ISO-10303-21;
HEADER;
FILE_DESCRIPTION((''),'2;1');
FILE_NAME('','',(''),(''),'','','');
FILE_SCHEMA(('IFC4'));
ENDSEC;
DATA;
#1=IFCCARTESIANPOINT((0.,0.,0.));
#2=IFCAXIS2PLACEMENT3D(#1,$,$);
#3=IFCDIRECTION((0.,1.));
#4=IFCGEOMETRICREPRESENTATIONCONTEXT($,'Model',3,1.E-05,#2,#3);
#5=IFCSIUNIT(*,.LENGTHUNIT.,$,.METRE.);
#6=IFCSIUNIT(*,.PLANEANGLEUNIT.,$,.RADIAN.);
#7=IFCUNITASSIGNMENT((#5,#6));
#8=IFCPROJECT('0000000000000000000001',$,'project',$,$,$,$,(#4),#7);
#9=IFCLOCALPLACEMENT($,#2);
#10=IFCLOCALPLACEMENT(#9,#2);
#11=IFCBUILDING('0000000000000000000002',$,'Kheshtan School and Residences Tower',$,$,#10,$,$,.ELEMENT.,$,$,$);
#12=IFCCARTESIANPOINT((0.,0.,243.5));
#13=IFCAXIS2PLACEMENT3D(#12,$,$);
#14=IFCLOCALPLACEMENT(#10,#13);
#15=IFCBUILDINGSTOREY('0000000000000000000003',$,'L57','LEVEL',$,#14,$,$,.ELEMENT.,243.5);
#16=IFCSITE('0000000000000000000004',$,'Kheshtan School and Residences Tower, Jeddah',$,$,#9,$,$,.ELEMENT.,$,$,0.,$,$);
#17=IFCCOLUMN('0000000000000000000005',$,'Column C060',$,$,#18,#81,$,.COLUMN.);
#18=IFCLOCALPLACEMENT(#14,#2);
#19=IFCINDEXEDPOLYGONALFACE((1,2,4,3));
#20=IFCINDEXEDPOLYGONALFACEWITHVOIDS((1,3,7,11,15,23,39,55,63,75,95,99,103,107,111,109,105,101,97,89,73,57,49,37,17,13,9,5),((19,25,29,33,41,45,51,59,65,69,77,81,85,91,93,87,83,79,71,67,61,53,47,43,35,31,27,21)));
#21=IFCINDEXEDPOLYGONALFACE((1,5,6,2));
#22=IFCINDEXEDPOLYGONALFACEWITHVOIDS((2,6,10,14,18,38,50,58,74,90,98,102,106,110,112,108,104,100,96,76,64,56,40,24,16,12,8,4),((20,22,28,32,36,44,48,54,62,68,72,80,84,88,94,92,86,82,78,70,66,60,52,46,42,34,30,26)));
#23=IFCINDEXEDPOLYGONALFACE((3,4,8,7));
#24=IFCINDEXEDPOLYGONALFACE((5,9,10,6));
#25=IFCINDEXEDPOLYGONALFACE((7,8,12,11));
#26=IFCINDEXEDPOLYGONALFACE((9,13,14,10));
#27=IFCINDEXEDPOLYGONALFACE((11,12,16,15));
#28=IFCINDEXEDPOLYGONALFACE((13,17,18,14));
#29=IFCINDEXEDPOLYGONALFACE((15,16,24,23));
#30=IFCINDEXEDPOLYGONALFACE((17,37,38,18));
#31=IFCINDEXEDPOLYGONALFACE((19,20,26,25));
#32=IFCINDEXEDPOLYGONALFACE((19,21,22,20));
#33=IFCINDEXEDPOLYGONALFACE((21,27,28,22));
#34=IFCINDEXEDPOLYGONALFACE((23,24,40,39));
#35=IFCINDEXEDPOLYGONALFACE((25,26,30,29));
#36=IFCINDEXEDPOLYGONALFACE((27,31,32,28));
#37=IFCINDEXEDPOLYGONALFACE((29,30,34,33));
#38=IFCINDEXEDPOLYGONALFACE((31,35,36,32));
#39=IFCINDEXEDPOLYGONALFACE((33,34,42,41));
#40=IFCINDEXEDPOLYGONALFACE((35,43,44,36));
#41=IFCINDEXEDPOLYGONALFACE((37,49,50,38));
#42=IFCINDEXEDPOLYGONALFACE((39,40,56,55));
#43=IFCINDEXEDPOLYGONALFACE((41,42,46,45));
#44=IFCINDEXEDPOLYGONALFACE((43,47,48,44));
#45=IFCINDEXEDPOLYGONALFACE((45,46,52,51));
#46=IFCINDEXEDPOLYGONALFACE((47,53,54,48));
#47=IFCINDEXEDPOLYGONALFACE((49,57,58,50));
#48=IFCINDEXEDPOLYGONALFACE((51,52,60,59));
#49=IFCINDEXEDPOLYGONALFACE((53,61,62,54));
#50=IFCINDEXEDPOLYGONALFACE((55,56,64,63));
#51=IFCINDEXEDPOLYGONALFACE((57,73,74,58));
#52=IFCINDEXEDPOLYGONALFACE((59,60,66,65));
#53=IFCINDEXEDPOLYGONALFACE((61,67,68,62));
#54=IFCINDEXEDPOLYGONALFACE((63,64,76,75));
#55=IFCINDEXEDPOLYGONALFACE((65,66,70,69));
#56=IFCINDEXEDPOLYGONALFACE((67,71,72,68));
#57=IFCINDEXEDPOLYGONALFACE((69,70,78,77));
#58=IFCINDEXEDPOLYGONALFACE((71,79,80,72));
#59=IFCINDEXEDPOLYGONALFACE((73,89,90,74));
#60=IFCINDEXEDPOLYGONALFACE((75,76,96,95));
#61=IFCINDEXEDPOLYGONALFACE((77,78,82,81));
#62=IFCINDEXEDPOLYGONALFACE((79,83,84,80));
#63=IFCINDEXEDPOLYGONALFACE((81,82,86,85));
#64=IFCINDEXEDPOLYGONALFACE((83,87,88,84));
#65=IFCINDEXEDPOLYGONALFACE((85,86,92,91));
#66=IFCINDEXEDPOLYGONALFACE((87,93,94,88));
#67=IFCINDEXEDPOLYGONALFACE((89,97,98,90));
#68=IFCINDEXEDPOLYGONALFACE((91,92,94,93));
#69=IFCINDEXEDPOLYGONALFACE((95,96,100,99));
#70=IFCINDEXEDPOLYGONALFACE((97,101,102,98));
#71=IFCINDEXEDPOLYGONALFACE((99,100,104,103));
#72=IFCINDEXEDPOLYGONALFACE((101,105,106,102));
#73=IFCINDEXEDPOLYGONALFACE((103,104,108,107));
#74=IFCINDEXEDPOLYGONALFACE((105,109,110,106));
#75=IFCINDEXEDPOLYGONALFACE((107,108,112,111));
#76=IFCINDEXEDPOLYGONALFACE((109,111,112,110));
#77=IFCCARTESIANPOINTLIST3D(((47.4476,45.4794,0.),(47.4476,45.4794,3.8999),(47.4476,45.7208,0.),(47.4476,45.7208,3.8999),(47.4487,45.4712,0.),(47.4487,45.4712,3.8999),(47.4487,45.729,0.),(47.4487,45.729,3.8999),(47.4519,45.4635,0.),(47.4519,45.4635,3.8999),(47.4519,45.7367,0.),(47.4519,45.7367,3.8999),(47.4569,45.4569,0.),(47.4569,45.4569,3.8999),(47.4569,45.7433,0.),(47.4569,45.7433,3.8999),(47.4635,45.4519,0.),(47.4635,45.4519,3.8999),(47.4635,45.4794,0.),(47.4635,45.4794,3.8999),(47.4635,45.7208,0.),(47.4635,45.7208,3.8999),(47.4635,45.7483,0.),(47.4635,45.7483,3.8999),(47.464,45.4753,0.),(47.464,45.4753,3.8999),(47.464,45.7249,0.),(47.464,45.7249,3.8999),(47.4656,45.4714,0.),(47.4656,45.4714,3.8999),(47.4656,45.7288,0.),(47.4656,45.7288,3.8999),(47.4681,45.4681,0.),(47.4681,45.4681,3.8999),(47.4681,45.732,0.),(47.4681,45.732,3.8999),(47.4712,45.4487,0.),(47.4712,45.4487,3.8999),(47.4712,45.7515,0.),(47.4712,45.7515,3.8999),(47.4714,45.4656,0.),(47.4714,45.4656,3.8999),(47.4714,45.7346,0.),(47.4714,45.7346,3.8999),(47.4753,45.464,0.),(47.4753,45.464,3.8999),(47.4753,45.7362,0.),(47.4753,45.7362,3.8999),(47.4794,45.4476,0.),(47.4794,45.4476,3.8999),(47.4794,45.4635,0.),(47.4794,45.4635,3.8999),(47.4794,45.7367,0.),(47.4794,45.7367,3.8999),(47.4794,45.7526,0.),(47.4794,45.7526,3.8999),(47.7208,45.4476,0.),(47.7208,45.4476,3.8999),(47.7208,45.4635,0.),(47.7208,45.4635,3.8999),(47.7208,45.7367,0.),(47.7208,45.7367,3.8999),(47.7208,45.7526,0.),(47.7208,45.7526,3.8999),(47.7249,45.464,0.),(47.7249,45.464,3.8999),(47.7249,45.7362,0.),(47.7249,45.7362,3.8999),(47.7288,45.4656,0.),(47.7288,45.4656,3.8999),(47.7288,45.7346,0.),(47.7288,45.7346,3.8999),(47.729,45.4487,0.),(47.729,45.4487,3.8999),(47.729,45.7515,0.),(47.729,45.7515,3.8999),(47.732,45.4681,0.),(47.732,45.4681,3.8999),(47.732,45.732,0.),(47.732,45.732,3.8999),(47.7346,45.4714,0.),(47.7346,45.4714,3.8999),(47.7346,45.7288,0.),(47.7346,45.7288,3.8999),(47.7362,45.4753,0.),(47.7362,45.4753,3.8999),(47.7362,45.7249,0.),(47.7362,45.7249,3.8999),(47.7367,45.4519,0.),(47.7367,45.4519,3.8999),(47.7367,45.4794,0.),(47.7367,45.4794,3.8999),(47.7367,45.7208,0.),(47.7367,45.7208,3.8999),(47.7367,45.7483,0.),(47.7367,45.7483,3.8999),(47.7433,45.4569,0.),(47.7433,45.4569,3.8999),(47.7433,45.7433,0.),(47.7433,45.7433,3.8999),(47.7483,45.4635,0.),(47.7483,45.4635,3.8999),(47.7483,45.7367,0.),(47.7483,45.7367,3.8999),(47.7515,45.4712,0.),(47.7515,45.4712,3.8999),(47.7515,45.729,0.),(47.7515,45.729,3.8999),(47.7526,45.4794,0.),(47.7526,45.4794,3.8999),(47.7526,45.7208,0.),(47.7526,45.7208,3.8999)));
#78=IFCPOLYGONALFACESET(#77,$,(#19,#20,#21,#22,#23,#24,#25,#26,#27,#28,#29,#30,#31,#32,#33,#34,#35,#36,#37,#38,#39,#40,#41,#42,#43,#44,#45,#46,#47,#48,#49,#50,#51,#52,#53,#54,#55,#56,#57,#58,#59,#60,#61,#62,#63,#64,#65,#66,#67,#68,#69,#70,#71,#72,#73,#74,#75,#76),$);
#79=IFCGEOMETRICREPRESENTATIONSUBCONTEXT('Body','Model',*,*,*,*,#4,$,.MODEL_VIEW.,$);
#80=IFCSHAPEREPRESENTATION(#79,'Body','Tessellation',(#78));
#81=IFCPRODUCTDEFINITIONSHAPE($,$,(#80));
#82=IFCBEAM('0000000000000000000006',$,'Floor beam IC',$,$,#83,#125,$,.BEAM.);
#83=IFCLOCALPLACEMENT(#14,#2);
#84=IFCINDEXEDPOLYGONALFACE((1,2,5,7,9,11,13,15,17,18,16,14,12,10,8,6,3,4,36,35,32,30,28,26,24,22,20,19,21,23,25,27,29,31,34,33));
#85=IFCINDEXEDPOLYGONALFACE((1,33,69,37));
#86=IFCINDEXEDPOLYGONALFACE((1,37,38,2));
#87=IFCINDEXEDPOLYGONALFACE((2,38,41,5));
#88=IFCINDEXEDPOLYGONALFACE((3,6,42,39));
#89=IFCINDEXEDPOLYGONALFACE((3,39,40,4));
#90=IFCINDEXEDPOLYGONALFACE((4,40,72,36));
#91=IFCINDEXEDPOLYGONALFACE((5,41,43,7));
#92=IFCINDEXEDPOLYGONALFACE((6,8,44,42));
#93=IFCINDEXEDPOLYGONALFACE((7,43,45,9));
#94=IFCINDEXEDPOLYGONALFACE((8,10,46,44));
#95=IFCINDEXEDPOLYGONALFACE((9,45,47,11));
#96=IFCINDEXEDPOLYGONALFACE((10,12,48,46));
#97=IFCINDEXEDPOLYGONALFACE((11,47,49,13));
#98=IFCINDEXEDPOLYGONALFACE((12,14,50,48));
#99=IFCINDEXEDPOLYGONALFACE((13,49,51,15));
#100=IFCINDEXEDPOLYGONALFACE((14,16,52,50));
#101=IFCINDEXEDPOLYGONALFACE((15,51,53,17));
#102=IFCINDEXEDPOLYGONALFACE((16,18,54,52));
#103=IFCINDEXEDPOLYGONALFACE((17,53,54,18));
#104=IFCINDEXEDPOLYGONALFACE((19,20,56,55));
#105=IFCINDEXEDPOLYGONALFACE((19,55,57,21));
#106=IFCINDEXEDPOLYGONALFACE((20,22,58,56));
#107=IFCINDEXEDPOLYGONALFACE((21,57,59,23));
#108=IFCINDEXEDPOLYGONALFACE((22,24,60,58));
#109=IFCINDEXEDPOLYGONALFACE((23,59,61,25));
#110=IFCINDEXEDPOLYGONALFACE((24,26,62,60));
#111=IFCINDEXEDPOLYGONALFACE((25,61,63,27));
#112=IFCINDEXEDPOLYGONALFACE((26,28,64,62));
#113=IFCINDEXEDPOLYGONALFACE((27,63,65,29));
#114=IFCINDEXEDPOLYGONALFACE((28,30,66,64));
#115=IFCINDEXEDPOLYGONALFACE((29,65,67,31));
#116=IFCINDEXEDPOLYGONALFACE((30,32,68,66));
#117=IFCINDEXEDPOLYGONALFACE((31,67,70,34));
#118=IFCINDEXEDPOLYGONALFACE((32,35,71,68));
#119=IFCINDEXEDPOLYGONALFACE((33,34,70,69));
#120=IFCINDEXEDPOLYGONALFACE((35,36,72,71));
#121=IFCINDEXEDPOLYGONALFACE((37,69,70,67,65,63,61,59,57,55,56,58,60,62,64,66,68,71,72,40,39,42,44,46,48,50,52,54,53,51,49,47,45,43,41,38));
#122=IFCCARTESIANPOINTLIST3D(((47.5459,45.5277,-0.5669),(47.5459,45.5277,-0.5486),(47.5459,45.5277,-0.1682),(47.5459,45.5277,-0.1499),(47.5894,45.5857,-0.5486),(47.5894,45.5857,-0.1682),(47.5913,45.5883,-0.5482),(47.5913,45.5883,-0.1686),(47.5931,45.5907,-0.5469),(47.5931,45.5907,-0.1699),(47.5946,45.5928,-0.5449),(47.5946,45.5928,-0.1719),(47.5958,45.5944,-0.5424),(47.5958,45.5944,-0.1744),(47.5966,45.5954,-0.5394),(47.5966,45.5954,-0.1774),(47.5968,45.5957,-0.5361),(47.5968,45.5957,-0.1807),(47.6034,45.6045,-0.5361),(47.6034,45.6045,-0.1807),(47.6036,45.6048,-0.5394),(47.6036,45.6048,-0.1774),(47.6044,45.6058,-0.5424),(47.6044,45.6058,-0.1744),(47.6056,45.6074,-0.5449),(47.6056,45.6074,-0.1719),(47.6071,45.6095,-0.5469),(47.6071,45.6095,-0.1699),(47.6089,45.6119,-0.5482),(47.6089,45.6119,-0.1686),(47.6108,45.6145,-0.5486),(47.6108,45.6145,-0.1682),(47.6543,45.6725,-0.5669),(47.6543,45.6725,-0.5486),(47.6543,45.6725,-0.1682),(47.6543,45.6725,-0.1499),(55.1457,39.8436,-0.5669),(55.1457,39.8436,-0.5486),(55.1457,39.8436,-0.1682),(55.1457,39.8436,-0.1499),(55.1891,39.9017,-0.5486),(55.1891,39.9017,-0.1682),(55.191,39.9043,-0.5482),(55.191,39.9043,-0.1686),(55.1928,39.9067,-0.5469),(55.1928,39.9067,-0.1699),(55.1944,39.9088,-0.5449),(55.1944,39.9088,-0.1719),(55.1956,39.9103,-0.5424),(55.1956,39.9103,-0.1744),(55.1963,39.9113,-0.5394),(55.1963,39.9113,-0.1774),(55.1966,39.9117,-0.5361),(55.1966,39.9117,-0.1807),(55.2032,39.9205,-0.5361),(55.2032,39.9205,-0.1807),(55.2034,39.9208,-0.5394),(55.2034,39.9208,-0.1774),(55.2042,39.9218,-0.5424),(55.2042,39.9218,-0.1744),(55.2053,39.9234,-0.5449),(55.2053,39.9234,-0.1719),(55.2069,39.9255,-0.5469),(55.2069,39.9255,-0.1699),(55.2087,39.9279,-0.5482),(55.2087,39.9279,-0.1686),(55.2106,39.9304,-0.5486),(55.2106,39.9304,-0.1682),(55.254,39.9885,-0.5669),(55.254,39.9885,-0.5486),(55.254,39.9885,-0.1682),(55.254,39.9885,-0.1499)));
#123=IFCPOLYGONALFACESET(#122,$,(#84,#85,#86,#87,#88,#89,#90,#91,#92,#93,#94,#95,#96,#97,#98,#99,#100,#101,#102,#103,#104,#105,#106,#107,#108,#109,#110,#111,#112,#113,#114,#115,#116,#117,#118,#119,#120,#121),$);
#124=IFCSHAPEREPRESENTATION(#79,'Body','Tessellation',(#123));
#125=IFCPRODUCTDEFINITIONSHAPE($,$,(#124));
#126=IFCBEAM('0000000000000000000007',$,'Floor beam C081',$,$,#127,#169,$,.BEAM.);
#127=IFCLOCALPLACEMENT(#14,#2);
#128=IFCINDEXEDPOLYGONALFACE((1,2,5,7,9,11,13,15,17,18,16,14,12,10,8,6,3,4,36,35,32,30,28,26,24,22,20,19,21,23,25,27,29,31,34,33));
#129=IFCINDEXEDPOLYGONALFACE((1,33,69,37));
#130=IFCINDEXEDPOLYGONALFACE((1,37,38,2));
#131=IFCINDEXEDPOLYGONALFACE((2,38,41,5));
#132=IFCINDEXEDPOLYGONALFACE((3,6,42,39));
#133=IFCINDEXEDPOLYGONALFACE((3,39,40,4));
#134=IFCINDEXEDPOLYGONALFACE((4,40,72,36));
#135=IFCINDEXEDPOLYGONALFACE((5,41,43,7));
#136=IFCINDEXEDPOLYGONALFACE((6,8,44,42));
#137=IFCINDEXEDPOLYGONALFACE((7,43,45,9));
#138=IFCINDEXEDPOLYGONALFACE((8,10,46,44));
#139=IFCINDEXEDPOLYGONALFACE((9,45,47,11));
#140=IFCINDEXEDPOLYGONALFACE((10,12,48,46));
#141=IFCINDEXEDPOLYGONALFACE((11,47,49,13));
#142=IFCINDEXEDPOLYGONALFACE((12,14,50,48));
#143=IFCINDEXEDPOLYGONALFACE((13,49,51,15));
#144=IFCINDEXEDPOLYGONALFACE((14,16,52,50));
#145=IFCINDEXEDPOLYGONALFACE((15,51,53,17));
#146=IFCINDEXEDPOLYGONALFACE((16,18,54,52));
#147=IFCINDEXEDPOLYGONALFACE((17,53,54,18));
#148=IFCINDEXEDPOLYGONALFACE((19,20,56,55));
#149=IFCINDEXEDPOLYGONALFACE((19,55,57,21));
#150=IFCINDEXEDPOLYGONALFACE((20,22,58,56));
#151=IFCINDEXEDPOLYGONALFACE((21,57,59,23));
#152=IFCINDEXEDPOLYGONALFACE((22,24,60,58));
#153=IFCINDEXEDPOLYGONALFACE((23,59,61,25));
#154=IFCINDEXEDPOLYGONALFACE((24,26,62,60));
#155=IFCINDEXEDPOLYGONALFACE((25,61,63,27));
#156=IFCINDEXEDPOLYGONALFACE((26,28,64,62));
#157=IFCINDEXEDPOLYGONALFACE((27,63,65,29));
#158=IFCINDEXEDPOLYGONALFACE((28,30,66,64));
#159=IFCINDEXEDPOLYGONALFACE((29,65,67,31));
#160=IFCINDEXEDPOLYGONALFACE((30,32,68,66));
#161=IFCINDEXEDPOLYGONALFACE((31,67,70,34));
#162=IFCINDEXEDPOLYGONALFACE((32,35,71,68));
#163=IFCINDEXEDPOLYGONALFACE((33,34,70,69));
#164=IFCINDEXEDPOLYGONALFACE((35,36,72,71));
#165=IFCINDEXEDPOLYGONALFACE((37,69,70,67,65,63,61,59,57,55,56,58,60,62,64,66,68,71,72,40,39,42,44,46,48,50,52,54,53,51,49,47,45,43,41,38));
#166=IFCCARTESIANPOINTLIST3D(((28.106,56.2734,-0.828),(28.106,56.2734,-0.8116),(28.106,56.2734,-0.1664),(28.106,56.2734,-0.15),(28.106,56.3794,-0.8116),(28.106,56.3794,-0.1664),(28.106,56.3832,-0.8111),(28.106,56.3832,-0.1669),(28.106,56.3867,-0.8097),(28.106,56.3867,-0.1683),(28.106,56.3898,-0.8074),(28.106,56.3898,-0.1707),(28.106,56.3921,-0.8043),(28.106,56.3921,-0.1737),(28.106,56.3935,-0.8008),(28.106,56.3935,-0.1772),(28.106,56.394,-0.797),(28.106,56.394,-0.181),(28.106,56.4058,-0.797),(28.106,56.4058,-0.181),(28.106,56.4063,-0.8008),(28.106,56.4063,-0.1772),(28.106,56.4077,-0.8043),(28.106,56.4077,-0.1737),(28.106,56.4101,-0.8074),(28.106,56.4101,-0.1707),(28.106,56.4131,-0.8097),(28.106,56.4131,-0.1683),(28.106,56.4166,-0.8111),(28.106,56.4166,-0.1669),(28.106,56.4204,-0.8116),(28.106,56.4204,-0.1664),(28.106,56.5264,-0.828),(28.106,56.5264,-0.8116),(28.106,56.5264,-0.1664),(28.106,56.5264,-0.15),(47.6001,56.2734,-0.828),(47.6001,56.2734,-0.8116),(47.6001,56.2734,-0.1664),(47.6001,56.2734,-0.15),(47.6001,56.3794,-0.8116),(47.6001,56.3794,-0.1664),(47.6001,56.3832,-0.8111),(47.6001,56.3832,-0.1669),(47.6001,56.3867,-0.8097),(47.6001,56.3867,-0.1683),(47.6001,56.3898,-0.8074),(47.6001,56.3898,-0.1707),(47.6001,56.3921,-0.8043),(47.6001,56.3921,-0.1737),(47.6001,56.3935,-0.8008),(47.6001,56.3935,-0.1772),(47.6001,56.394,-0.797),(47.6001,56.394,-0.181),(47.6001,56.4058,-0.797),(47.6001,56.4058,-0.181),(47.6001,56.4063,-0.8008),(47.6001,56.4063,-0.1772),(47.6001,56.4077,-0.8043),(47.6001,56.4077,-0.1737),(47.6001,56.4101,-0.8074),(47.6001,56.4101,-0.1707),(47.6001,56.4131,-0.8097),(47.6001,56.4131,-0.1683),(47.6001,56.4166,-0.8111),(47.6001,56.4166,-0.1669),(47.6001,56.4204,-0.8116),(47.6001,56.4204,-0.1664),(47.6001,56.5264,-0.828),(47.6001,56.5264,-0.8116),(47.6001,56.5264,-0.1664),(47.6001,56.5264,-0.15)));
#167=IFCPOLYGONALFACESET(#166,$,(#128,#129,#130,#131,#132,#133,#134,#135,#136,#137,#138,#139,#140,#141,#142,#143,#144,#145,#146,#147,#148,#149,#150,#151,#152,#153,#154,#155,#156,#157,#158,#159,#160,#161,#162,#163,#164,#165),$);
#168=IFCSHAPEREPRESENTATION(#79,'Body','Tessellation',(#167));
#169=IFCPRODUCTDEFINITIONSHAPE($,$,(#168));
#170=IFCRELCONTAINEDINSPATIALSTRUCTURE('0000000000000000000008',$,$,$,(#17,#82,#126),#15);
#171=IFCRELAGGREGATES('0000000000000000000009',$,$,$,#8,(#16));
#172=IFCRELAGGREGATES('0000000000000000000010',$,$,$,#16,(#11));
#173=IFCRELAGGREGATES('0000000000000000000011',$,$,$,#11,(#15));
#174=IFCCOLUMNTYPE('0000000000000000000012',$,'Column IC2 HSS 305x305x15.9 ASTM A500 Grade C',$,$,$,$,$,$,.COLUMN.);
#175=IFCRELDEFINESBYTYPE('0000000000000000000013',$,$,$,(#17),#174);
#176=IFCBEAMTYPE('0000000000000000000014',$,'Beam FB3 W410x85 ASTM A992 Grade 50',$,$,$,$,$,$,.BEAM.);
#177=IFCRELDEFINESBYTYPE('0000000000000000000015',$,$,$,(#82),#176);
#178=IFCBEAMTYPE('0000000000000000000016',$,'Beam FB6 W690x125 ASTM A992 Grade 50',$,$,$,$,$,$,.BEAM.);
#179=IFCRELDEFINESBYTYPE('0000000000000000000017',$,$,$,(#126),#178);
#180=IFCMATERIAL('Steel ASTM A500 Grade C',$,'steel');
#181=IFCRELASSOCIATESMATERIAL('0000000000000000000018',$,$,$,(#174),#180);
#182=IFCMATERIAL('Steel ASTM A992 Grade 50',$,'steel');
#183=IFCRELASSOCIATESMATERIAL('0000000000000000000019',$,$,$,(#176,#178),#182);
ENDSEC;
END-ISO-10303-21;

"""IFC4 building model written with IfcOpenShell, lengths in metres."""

from ifc_helpers import new_model, si_unit, direction, frame, origin, origin_2d, place, context, subcontext, project, spatial, hollow_rectangle, i_section, extrude, material, material_profile, profile_set, type_object, element, save


model = new_model("IFC4")

# Units and contexts
model_context = context("Model", 3, precision=1e-05, world=origin(), true_north=direction((0.0, 1.0)))
body_context = subcontext(model_context, "Body", "Model", "MODEL_VIEW")
ifc_project = project(units=[si_unit("LENGTHUNIT", "METRE"), si_unit("PLANEANGLEUNIT", "RADIAN")], contexts=[model_context])

# Site, building, storey
site_placement = place(None, origin())
site = spatial("IfcSite", under=ifc_project, at=site_placement, Name="Kheshtan School and Residences Tower, Jeddah", CompositionType="ELEMENT", RefElevation=0.0)
building_placement = place(site_placement, origin())
building = spatial("IfcBuilding", under=site, at=building_placement, Name="Kheshtan School and Residences Tower", CompositionType="ELEMENT")
storey_placement = place(building_placement, frame((0.0, 0.0, 243.5)))
storey = spatial("IfcBuildingStorey", under=building, at=storey_placement, Name="L57", Description="LEVEL", CompositionType="ELEMENT", Elevation=243.5)

# Column
ifc_material_1 = material(Name="Steel ASTM A992 Grade 50", Category="steel")
ifc_material_2 = material(Name="Steel ASTM A500 Grade C", Category="steel")
ifc_material_profile_1 = material_profile(ifc_material_2, hollow_rectangle(XDim=0.3049, YDim=0.3049, WallThickness=0.0159, InnerFilletRadius=0.0159, OuterFilletRadius=0.0317, at=origin_2d()), Name="HSS 305x305x15.9")
ifc_profile_set_1 = profile_set([ifc_material_profile_1], Name="Steel ASTM A500 Grade C")
column_type_1 = type_object("IfcColumnType", Name="Column IC2 HSS 305x305x15.9 ASTM A500 Grade C", PredefinedType="COLUMN", material=ifc_profile_set_1)
column_placement = place(storey_placement, frame((47.6001, 45.6001, 0.0), z_axis=(0.0, 0.0, 1.0), x_axis=(1.0, 0.0, 0.0)))
element("IfcColumn", 1, at=column_placement, inside=storey, type_object=column_type_1, Name="Column C060", PredefinedType="COLUMN", context=body_context, shape_type="SweptSolid", body=[
    extrude(hollow_rectangle(XDim=0.3049, YDim=0.3049, WallThickness=0.0159, InnerFilletRadius=0.0159, OuterFilletRadius=0.0317, at=origin_2d()), origin(), (0.0, 0.0, 1.0), 3.8999),
])

# Beams
ifc_material_profile_2 = material_profile(ifc_material_1, i_section(OverallWidth=0.1809, OverallDepth=0.417, WebThickness=0.011, FlangeThickness=0.0183, FilletRadius=0.0125, at=origin_2d()), Name="W410x85")
ifc_profile_set_2 = profile_set([ifc_material_profile_2], Name="Steel ASTM A992 Grade 50")
beam_type_1 = type_object("IfcBeamType", Name="Beam FB3 W410x85 ASTM A992 Grade 50", PredefinedType="BEAM", material=ifc_profile_set_2)
beam_1_placement = place(storey_placement, frame((47.6001, 45.6001, -0.3584), z_axis=(0.800799, -0.598933, 0.0), x_axis=(0.598933, 0.800799, 0.0)))
element("IfcBeam", 2, at=beam_1_placement, inside=storey, type_object=beam_type_1, Name="Floor beam IC", PredefinedType="BEAM", context=body_context, shape_type="SweptSolid", body=[
    extrude(i_section(OverallWidth=0.1809, OverallDepth=0.417, WebThickness=0.011, FlangeThickness=0.0183, FilletRadius=0.0125, at=origin_2d()), origin(), (0.0, 0.0, 1.0), 9.4902),
])
ifc_material_profile_3 = material_profile(ifc_material_1, i_section(OverallWidth=0.2529, OverallDepth=0.678, WebThickness=0.0117, FlangeThickness=0.0164, FilletRadius=0.0146, at=origin_2d()), Name="W690x125")
ifc_profile_set_3 = profile_set([ifc_material_profile_3], Name="Steel ASTM A992 Grade 50")
beam_type_2 = type_object("IfcBeamType", Name="Beam FB6 W690x125 ASTM A992 Grade 50", PredefinedType="BEAM", material=ifc_profile_set_3)
beam_2_placement = place(storey_placement, frame((47.6001, 56.3999, -0.489), z_axis=(-1.0, 0.0, 0.0), x_axis=(0.0, -1.0, 0.0)))
element("IfcBeam", 3, at=beam_2_placement, inside=storey, type_object=beam_type_2, Name="Floor beam C081", PredefinedType="BEAM", context=body_context, shape_type="SweptSolid", body=[
    extrude(i_section(OverallWidth=0.2529, OverallDepth=0.678, WebThickness=0.0117, FlangeThickness=0.0164, FilletRadius=0.0146, at=origin_2d()), origin(), (0.0, 0.0, 1.0), 19.4941),
])

save(model, "model.ifc")
